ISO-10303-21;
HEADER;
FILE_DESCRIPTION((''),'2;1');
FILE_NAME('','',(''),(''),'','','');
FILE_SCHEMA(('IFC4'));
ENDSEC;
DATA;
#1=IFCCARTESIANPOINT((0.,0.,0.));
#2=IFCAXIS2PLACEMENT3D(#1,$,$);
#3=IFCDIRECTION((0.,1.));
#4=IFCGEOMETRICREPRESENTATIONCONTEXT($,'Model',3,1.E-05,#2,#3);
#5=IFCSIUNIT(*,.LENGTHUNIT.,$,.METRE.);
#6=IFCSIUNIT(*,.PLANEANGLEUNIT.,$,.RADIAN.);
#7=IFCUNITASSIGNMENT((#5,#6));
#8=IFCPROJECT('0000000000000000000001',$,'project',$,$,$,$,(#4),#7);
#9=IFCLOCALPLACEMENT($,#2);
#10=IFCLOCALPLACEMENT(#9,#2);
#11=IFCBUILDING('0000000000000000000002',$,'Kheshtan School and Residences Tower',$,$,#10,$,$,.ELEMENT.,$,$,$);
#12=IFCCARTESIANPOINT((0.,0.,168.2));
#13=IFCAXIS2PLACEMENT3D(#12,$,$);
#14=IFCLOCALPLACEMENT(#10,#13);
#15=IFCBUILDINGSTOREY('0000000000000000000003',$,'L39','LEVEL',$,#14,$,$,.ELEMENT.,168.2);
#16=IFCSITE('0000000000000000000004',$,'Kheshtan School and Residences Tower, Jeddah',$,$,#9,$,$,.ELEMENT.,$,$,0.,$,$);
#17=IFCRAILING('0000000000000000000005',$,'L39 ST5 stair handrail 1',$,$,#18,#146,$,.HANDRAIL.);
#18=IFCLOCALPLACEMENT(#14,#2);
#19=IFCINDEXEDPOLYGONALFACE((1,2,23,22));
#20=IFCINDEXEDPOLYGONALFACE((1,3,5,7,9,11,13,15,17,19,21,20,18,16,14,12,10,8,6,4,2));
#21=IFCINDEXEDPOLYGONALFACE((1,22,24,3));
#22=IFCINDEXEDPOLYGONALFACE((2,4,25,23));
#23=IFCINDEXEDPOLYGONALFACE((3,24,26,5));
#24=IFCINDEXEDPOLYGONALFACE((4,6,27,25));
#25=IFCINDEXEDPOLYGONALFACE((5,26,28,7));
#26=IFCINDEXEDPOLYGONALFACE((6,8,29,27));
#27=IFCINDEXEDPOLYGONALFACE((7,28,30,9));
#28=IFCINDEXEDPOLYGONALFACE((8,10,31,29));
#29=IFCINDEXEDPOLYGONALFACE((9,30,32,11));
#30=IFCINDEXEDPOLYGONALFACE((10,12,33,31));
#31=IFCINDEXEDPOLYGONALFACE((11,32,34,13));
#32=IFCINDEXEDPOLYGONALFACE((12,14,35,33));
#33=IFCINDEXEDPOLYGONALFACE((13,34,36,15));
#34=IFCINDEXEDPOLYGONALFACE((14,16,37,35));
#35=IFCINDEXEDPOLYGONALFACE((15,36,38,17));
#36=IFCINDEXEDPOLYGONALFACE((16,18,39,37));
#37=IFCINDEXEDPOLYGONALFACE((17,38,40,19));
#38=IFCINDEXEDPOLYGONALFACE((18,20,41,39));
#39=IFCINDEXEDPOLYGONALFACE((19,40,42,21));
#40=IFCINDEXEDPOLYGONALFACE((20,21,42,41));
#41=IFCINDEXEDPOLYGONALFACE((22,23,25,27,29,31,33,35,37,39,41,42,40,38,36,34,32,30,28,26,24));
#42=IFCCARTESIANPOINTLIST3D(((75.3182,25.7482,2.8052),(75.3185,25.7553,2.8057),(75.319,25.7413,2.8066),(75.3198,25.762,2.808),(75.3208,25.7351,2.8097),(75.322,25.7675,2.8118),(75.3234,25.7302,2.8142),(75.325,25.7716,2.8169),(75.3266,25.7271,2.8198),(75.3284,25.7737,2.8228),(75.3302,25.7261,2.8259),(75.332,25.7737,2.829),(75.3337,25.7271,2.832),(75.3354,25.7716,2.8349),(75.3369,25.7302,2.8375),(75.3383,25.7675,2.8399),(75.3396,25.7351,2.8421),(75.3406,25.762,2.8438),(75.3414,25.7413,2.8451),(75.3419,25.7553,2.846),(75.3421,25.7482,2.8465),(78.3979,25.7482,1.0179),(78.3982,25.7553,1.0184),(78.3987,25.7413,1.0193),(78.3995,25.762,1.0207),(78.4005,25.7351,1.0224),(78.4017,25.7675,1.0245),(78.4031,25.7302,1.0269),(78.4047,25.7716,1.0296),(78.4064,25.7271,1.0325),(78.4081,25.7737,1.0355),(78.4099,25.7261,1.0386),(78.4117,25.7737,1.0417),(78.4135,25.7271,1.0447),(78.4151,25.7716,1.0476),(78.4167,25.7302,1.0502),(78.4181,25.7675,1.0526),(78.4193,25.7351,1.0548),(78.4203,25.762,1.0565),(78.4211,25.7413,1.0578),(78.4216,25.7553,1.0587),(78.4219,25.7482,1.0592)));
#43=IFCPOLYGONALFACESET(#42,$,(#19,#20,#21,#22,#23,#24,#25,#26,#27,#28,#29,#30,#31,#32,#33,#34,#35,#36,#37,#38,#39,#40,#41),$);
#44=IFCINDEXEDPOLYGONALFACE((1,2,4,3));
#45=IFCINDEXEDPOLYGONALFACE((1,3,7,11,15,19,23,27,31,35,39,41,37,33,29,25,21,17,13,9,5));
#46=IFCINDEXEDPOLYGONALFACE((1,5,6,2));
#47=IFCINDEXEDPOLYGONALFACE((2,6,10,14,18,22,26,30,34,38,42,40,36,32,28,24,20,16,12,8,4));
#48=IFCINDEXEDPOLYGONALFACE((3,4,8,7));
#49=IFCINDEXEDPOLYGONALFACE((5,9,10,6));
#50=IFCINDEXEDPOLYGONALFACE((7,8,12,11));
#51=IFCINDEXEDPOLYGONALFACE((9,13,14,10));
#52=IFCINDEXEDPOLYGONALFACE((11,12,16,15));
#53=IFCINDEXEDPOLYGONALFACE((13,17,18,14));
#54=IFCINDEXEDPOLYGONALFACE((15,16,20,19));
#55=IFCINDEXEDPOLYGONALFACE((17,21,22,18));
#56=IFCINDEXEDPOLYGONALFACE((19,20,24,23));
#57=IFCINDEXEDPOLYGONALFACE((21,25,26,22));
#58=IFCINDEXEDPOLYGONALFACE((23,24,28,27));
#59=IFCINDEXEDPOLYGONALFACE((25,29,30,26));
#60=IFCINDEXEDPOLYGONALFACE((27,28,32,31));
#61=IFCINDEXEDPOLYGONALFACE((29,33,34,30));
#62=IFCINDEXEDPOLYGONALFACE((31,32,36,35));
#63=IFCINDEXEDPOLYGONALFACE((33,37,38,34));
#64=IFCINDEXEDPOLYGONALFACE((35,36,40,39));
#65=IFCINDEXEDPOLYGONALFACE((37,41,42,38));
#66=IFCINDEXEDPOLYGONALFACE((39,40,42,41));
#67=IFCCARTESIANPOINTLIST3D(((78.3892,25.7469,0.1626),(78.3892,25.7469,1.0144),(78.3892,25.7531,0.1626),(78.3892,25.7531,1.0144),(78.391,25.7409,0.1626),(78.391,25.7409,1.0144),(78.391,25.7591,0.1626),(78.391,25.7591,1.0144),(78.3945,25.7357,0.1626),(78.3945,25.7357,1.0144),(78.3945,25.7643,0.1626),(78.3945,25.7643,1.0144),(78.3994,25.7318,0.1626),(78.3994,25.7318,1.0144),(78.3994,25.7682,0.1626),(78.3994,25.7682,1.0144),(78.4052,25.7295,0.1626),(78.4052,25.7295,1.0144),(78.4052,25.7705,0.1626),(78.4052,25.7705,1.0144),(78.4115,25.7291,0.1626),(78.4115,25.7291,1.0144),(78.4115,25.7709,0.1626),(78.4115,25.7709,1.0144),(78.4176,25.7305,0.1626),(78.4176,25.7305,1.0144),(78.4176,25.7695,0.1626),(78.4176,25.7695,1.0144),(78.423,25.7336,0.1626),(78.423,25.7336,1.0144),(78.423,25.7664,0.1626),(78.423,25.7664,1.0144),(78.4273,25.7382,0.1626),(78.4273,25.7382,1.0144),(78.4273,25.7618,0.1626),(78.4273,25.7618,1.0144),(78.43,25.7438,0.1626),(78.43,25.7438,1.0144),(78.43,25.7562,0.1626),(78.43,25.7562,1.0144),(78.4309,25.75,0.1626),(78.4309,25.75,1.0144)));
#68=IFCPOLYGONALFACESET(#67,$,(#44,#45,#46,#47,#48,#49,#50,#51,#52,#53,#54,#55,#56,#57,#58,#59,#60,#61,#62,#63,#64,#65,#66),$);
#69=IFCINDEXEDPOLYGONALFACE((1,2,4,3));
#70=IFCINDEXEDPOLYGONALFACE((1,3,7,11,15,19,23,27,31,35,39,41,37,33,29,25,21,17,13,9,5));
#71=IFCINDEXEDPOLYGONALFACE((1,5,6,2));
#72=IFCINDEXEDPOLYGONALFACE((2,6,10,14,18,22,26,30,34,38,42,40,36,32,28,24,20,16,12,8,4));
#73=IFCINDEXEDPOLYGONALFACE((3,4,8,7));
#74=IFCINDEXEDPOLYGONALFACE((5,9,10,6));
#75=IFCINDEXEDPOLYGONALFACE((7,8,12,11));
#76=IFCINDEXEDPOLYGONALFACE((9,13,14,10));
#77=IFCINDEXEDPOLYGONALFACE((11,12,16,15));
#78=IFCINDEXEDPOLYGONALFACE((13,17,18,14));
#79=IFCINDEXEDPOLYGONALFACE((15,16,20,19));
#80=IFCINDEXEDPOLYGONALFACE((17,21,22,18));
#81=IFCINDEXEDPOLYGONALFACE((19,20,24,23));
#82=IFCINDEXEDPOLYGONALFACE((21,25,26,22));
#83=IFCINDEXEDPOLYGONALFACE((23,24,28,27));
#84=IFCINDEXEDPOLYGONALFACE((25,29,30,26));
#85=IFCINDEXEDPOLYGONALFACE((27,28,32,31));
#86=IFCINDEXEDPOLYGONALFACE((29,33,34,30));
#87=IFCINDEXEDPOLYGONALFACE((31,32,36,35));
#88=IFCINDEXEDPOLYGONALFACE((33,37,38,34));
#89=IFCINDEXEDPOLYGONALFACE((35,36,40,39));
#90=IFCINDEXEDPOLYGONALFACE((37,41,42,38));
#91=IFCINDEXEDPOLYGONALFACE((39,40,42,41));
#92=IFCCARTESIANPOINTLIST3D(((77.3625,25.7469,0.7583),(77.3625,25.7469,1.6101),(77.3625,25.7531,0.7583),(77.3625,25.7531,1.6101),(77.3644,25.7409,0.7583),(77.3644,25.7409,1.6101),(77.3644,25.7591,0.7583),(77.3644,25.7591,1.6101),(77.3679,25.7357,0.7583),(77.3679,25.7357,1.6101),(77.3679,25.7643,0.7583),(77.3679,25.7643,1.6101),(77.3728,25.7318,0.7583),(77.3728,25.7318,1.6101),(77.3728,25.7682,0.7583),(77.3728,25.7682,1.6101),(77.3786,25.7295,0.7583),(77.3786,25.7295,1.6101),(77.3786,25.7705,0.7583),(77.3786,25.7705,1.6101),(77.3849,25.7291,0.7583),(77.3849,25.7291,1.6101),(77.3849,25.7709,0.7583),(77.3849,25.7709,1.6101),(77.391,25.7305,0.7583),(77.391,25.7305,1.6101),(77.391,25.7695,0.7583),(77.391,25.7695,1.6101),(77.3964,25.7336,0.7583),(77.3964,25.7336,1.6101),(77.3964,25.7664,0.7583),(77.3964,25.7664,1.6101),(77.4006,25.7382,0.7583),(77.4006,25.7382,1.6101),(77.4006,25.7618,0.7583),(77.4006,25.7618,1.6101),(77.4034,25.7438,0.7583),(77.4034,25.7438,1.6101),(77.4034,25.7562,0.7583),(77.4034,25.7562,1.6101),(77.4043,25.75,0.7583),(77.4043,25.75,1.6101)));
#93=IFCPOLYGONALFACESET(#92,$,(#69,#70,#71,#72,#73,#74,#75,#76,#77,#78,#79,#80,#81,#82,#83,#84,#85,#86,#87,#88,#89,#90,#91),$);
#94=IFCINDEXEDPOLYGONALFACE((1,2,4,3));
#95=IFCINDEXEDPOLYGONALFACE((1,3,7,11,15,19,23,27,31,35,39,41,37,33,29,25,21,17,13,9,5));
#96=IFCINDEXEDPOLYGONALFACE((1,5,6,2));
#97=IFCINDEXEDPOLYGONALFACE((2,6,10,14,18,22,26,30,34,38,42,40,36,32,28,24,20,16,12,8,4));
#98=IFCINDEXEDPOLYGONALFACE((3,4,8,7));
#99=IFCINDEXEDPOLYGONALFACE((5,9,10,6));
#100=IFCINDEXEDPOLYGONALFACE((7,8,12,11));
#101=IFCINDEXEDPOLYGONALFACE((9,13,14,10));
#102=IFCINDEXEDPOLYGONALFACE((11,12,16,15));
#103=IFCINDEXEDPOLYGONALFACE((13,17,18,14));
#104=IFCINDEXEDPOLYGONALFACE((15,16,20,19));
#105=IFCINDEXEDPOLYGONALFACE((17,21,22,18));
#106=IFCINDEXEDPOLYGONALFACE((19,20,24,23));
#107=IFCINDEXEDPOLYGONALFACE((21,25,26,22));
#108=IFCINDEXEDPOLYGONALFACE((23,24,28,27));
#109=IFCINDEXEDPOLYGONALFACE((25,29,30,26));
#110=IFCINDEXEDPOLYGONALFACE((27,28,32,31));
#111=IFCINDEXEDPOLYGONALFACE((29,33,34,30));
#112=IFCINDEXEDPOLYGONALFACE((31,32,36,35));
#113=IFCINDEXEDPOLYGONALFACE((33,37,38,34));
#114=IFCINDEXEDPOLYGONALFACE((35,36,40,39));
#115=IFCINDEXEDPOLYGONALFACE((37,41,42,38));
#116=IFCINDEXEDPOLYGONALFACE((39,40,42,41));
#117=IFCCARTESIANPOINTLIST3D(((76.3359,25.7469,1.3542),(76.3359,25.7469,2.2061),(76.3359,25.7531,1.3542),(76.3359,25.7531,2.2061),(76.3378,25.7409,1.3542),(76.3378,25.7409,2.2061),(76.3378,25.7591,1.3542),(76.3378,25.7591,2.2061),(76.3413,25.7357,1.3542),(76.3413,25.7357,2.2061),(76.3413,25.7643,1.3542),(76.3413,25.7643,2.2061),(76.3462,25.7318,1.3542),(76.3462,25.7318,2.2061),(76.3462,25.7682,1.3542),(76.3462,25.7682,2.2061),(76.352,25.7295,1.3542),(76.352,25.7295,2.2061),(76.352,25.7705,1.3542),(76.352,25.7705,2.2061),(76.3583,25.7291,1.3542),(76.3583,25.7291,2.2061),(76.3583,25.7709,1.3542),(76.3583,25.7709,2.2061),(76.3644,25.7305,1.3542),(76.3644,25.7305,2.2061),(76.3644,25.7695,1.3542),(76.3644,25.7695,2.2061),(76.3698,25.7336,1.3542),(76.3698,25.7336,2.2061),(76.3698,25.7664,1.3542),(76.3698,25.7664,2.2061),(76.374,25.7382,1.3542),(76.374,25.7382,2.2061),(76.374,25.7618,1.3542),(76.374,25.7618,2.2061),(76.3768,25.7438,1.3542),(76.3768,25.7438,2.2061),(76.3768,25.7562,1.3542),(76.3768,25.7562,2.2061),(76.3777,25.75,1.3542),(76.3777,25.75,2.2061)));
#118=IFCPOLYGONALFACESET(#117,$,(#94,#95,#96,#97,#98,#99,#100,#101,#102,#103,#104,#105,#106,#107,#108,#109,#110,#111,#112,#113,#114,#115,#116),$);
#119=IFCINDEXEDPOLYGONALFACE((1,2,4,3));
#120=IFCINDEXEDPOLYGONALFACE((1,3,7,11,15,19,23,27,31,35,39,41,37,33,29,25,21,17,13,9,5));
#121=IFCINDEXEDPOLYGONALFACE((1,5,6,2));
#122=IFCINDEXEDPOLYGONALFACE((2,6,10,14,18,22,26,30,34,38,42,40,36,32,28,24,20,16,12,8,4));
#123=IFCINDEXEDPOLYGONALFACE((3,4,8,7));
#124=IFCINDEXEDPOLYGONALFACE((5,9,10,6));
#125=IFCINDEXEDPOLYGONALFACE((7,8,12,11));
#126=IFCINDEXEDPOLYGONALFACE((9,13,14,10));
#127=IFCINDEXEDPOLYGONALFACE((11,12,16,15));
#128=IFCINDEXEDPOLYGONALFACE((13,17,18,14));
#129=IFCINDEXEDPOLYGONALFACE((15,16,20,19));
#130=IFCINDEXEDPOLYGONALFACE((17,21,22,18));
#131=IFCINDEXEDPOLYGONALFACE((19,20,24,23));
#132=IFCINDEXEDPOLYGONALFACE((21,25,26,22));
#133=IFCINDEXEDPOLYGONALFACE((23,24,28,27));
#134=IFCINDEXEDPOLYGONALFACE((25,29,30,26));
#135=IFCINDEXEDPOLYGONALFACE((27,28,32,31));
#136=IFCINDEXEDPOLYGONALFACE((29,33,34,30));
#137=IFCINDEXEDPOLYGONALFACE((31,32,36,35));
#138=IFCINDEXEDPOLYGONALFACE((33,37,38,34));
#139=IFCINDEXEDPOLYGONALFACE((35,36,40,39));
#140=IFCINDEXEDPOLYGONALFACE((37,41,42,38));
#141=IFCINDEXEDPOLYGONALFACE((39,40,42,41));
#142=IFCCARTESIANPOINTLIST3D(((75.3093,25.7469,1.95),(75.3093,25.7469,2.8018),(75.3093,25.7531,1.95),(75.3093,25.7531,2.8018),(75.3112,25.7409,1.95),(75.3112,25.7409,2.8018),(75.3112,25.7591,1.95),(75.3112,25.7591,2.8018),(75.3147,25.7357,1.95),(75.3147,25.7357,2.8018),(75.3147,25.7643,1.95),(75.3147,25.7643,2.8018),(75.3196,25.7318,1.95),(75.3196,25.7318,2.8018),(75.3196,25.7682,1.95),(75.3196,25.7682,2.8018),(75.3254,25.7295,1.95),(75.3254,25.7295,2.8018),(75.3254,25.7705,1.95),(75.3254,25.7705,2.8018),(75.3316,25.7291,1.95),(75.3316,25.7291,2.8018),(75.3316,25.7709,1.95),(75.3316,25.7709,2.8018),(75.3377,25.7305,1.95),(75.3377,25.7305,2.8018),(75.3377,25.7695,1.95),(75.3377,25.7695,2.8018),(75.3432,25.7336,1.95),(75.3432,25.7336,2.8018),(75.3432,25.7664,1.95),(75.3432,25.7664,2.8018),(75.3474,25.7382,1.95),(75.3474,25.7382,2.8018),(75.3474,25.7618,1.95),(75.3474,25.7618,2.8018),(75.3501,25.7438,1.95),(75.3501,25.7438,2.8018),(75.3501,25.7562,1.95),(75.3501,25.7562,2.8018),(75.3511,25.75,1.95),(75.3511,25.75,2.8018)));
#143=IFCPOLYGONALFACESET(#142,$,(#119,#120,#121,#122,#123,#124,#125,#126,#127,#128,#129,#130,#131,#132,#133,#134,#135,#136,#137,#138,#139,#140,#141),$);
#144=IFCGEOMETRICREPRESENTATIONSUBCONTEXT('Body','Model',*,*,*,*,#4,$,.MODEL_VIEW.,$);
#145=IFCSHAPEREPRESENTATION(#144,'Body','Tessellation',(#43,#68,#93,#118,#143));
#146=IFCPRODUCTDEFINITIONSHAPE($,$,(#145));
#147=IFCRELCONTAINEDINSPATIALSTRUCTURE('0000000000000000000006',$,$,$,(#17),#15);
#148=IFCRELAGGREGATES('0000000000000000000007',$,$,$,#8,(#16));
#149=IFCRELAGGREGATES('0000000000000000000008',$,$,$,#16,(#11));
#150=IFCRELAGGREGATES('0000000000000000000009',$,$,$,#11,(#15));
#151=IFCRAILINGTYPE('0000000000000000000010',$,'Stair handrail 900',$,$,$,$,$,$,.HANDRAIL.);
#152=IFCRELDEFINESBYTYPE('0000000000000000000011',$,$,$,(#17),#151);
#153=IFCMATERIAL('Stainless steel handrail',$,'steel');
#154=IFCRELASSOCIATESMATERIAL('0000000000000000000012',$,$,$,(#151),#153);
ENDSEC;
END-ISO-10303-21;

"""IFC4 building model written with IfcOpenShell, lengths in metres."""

from ifc_helpers import new_model, si_unit, direction, frame, origin, origin_2d, place, context, subcontext, project, spatial, circle, extrude, material, type_object, element, save


model = new_model("IFC4")

# Units and contexts
model_context = context("Model", 3, precision=1e-05, world=origin(), true_north=direction((0.0, 1.0)))
body_context = subcontext(model_context, "Body", "Model", "MODEL_VIEW")
ifc_project = project(units=[si_unit("LENGTHUNIT", "METRE"), si_unit("PLANEANGLEUNIT", "RADIAN")], contexts=[model_context])

# Site, building, storey
site_placement = place(None, origin())
site = spatial("IfcSite", under=ifc_project, at=site_placement, Name="Kheshtan School and Residences Tower, Jeddah", CompositionType="ELEMENT", RefElevation=0.0)
building_placement = place(site_placement, origin())
building = spatial("IfcBuilding", under=site, at=building_placement, Name="Kheshtan School and Residences Tower", CompositionType="ELEMENT")
storey_placement = place(building_placement, frame((0.0, 0.0, 168.2)))
storey = spatial("IfcBuildingStorey", under=building, at=storey_placement, Name="L39", Description="LEVEL", CompositionType="ELEMENT", Elevation=168.2)

# Railing
ifc_material_1 = material(Name="Stainless steel handrail", Category="steel")
railing_type_1 = type_object("IfcRailingType", Name="Stair handrail 900", PredefinedType="HANDRAIL", material=ifc_material_1)
railing_1_placement = place(storey_placement, frame((78.4099, 25.75, 0.1626)))
element("IfcRailing", 1, at=railing_1_placement, inside=storey, type_object=railing_type_1, Name="L39 ST5 stair handrail 1", PredefinedType="HANDRAIL", context=body_context, shape_type="SweptSolid", body=[
    extrude(circle(Radius=0.0239, at=origin_2d()), frame((0.0, 0.0, 0.876), z_axis=(-0.864903, 0.0, 0.501939), x_axis=(0.0, -1.0, 0.0)), (0.0, 0.0, 1.0), 3.5608),
    extrude(circle(Radius=0.021, at=origin_2d()), origin(), (0.0, 0.0, 1.0), 0.8518),
    extrude(circle(Radius=0.021, at=origin_2d()), frame((-1.0266, 0.0, 0.5957)), (0.0, 0.0, 1.0), 0.8518),
    extrude(circle(Radius=0.021, at=origin_2d()), frame((-2.0532, 0.0, 1.1917)), (0.0, 0.0, 1.0), 0.8518),
    extrude(circle(Radius=0.021, at=origin_2d()), frame((-3.0798, 0.0, 1.7874)), (0.0, 0.0, 1.0), 0.8518),
])

save(model, "model.ifc")
